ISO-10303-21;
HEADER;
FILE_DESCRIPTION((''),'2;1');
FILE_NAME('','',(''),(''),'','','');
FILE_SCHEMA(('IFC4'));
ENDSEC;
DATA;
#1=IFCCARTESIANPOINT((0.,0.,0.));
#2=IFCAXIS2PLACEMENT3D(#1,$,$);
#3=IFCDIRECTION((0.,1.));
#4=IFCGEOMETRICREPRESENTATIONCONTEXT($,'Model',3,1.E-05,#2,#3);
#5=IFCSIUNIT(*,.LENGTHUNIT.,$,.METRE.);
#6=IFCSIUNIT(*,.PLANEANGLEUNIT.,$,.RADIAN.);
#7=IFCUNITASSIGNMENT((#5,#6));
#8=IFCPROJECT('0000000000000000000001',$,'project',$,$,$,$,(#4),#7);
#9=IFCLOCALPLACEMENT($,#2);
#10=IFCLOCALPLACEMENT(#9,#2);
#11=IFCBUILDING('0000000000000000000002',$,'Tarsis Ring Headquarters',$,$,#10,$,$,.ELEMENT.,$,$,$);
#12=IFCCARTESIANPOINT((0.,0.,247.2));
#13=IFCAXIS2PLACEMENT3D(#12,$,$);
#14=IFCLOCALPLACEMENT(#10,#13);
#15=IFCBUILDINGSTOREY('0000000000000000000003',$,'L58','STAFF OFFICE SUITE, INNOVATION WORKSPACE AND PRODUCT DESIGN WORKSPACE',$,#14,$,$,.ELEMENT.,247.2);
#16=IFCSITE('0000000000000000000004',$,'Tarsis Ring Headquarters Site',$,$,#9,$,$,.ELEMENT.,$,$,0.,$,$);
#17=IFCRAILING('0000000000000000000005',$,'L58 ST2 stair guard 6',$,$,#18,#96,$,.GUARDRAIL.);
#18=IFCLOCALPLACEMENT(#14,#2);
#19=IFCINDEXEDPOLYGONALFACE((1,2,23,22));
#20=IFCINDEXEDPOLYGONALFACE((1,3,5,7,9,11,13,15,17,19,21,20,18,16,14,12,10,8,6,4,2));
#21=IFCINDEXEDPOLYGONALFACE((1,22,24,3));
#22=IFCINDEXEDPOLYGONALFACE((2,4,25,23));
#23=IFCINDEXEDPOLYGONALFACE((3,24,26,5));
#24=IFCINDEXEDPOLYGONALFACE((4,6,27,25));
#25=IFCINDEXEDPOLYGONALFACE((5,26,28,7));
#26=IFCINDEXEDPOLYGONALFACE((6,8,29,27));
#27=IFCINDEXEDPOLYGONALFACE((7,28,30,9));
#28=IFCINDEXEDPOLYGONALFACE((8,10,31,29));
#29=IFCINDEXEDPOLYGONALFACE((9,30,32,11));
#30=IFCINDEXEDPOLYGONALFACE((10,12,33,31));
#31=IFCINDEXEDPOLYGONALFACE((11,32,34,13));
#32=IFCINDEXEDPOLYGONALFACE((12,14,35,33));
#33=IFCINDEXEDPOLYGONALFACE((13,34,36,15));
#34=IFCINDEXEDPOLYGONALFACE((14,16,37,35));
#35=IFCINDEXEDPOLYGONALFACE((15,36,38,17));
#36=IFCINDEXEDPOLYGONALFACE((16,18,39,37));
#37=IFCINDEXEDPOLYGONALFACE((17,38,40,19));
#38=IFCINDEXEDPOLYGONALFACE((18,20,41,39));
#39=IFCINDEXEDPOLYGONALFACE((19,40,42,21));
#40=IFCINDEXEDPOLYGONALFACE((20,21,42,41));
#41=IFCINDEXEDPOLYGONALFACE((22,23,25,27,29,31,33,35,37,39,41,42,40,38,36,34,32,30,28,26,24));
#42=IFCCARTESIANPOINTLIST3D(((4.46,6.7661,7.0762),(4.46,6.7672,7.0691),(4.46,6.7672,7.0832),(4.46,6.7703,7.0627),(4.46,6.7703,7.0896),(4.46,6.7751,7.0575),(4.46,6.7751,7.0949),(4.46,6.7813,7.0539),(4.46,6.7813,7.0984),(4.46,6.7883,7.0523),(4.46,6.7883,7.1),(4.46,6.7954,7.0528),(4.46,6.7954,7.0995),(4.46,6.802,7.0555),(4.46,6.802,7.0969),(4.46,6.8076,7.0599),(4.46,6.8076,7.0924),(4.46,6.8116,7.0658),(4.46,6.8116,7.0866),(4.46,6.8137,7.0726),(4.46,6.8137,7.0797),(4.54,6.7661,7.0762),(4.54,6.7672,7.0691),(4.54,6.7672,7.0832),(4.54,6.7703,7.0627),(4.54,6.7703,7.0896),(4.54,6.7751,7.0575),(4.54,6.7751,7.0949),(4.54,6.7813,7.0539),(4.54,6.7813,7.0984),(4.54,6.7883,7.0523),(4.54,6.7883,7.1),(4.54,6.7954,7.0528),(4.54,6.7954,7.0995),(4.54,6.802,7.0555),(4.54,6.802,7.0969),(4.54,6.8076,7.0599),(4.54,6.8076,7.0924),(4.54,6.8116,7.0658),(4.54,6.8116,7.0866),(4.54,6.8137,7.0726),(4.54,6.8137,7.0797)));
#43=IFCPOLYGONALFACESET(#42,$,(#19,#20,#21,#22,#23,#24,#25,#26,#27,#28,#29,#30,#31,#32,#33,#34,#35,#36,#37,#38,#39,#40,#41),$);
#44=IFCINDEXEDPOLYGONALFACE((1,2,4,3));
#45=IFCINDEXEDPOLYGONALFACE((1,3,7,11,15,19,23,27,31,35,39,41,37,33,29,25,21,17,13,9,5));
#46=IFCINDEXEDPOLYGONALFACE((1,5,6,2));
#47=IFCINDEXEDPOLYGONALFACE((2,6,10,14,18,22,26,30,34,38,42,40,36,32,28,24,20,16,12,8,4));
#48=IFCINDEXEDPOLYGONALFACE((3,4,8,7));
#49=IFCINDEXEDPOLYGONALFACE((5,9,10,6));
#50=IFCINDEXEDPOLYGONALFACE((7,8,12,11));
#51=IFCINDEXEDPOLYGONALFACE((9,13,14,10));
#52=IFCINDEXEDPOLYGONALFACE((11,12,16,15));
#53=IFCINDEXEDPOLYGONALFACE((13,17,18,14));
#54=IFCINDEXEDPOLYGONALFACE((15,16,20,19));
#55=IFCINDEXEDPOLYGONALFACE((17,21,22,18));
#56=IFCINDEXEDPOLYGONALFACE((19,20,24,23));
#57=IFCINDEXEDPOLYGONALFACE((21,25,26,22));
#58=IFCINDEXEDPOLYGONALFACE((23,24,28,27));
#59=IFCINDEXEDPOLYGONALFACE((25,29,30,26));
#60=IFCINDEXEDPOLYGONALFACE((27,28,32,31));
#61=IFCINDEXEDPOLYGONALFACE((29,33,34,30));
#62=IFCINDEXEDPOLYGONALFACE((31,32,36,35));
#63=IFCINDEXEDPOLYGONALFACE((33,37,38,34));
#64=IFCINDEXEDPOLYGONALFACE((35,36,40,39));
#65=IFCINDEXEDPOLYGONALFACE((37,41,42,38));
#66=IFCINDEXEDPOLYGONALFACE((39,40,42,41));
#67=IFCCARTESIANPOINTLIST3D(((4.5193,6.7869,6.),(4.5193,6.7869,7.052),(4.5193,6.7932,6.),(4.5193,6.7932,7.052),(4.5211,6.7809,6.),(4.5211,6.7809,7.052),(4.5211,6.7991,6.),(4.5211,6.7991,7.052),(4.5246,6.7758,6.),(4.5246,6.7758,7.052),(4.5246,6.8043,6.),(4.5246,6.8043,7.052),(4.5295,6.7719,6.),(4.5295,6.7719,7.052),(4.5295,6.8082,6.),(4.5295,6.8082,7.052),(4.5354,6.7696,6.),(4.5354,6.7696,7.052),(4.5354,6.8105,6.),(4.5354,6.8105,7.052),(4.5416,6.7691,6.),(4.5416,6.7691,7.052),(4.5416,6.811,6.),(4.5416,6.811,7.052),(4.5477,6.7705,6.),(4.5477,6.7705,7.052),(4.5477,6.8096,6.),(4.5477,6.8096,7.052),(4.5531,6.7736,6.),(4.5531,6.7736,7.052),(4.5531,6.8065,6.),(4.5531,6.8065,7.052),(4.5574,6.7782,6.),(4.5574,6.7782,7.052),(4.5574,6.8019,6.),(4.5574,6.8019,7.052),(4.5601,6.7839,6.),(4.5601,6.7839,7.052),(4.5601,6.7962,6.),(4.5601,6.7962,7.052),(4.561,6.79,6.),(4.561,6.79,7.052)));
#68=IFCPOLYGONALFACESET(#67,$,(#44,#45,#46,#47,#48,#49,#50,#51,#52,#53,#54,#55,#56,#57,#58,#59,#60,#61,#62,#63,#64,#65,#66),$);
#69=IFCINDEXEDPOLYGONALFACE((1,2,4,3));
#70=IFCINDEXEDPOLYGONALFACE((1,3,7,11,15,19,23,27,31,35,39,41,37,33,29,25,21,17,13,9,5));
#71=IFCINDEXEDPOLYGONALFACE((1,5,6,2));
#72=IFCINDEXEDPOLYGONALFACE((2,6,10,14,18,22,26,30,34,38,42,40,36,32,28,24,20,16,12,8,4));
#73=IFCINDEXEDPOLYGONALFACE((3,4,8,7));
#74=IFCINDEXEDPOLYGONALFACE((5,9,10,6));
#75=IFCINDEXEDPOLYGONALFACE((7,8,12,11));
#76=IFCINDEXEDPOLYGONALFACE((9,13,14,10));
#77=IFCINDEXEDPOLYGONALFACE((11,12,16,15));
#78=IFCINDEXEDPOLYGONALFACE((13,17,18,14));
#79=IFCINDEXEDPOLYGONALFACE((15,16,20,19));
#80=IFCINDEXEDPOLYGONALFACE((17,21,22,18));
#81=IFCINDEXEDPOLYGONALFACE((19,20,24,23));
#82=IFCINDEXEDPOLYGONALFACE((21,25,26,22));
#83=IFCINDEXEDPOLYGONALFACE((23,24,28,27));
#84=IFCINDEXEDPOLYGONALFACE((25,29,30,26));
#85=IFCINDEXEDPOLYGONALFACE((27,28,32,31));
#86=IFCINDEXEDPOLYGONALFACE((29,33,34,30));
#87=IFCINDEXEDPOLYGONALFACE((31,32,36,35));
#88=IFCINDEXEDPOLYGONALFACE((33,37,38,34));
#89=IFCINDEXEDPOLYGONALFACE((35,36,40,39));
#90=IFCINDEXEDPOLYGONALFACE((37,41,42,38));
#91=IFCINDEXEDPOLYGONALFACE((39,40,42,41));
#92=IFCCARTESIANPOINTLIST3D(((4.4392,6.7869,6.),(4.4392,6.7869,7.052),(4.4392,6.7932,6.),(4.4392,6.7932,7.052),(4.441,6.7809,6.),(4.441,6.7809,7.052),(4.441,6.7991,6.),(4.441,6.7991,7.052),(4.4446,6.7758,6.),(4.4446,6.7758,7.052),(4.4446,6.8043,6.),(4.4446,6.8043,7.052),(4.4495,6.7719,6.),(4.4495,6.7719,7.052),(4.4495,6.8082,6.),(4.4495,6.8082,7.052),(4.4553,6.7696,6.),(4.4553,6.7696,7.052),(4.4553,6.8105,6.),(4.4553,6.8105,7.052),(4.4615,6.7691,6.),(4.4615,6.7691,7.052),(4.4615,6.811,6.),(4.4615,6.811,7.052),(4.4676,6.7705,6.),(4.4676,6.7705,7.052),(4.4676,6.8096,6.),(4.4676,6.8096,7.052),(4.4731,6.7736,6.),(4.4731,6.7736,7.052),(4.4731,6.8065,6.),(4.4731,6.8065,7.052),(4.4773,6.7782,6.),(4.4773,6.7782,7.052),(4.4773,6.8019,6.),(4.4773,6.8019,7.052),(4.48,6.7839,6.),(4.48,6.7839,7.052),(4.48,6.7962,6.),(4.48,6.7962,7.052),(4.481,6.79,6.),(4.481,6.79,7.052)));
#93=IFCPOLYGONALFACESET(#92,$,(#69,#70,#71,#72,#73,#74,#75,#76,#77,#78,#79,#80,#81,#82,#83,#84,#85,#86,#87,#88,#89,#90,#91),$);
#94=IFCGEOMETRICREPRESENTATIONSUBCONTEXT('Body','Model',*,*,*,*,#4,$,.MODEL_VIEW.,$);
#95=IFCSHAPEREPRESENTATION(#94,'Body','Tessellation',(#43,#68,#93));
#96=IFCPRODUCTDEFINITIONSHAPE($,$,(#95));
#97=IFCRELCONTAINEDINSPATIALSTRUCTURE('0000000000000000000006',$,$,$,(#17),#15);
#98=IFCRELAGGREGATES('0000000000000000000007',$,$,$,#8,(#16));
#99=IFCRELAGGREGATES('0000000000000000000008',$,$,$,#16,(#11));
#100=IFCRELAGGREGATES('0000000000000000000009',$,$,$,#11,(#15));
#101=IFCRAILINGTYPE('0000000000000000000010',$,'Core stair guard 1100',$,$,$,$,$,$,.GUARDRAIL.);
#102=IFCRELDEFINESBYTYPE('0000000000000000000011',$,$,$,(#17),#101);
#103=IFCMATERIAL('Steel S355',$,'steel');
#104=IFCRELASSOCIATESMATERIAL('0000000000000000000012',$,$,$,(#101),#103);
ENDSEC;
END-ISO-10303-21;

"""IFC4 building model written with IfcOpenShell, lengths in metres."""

from ifc_helpers import new_model, si_unit, direction, frame, origin, origin_2d, place, context, subcontext, project, spatial, circle, extrude, material, type_object, element, save


model = new_model("IFC4")

# Units and contexts
model_context = context("Model", 3, precision=1e-05, world=origin(), true_north=direction((0.0, 1.0)))
body_context = subcontext(model_context, "Body", "Model", "MODEL_VIEW")
ifc_project = project(units=[si_unit("LENGTHUNIT", "METRE"), si_unit("PLANEANGLEUNIT", "RADIAN")], contexts=[model_context])

# Site, building, storey
site_placement = place(None, origin())
site = spatial("IfcSite", under=ifc_project, at=site_placement, Name="Tarsis Ring Headquarters Site", CompositionType="ELEMENT", RefElevation=0.0)
building_placement = place(site_placement, origin())
building = spatial("IfcBuilding", under=site, at=building_placement, Name="Tarsis Ring Headquarters", CompositionType="ELEMENT")
storey_placement = place(building_placement, frame((0.0, 0.0, 247.2)))
storey = spatial("IfcBuildingStorey", under=building, at=storey_placement, Name="L58", Description="STAFF OFFICE SUITE, INNOVATION WORKSPACE AND PRODUCT DESIGN WORKSPACE", CompositionType="ELEMENT", Elevation=247.2)

# Railing
ifc_material_1 = material(Name="Steel S355", Category="steel")
railing_type_1 = type_object("IfcRailingType", Name="Core stair guard 1100", PredefinedType="GUARDRAIL", material=ifc_material_1)
railing_1_placement = place(storey_placement, frame((4.54, 6.79, 6.0)))
element("IfcRailing", 1, at=railing_1_placement, inside=storey, type_object=railing_type_1, Name="L58 ST2 stair guard 6", PredefinedType="GUARDRAIL", context=body_context, shape_type="SweptSolid", body=[
    extrude(circle(Radius=0.0239, at=origin_2d()), frame((0.0, 0.0, 1.0762), z_axis=(-1.0, 0.0, 0.0), x_axis=(0.0, -1.0, 0.0)), (0.0, 0.0, 1.0), 0.0801),
    extrude(circle(Radius=0.021, at=origin_2d()), origin(), (0.0, 0.0, 1.0), 1.052),
    extrude(circle(Radius=0.021, at=origin_2d()), frame((-0.0801, 0.0, 0.0)), (0.0, 0.0, 1.0), 1.052),
])

save(model, "model.ifc")
